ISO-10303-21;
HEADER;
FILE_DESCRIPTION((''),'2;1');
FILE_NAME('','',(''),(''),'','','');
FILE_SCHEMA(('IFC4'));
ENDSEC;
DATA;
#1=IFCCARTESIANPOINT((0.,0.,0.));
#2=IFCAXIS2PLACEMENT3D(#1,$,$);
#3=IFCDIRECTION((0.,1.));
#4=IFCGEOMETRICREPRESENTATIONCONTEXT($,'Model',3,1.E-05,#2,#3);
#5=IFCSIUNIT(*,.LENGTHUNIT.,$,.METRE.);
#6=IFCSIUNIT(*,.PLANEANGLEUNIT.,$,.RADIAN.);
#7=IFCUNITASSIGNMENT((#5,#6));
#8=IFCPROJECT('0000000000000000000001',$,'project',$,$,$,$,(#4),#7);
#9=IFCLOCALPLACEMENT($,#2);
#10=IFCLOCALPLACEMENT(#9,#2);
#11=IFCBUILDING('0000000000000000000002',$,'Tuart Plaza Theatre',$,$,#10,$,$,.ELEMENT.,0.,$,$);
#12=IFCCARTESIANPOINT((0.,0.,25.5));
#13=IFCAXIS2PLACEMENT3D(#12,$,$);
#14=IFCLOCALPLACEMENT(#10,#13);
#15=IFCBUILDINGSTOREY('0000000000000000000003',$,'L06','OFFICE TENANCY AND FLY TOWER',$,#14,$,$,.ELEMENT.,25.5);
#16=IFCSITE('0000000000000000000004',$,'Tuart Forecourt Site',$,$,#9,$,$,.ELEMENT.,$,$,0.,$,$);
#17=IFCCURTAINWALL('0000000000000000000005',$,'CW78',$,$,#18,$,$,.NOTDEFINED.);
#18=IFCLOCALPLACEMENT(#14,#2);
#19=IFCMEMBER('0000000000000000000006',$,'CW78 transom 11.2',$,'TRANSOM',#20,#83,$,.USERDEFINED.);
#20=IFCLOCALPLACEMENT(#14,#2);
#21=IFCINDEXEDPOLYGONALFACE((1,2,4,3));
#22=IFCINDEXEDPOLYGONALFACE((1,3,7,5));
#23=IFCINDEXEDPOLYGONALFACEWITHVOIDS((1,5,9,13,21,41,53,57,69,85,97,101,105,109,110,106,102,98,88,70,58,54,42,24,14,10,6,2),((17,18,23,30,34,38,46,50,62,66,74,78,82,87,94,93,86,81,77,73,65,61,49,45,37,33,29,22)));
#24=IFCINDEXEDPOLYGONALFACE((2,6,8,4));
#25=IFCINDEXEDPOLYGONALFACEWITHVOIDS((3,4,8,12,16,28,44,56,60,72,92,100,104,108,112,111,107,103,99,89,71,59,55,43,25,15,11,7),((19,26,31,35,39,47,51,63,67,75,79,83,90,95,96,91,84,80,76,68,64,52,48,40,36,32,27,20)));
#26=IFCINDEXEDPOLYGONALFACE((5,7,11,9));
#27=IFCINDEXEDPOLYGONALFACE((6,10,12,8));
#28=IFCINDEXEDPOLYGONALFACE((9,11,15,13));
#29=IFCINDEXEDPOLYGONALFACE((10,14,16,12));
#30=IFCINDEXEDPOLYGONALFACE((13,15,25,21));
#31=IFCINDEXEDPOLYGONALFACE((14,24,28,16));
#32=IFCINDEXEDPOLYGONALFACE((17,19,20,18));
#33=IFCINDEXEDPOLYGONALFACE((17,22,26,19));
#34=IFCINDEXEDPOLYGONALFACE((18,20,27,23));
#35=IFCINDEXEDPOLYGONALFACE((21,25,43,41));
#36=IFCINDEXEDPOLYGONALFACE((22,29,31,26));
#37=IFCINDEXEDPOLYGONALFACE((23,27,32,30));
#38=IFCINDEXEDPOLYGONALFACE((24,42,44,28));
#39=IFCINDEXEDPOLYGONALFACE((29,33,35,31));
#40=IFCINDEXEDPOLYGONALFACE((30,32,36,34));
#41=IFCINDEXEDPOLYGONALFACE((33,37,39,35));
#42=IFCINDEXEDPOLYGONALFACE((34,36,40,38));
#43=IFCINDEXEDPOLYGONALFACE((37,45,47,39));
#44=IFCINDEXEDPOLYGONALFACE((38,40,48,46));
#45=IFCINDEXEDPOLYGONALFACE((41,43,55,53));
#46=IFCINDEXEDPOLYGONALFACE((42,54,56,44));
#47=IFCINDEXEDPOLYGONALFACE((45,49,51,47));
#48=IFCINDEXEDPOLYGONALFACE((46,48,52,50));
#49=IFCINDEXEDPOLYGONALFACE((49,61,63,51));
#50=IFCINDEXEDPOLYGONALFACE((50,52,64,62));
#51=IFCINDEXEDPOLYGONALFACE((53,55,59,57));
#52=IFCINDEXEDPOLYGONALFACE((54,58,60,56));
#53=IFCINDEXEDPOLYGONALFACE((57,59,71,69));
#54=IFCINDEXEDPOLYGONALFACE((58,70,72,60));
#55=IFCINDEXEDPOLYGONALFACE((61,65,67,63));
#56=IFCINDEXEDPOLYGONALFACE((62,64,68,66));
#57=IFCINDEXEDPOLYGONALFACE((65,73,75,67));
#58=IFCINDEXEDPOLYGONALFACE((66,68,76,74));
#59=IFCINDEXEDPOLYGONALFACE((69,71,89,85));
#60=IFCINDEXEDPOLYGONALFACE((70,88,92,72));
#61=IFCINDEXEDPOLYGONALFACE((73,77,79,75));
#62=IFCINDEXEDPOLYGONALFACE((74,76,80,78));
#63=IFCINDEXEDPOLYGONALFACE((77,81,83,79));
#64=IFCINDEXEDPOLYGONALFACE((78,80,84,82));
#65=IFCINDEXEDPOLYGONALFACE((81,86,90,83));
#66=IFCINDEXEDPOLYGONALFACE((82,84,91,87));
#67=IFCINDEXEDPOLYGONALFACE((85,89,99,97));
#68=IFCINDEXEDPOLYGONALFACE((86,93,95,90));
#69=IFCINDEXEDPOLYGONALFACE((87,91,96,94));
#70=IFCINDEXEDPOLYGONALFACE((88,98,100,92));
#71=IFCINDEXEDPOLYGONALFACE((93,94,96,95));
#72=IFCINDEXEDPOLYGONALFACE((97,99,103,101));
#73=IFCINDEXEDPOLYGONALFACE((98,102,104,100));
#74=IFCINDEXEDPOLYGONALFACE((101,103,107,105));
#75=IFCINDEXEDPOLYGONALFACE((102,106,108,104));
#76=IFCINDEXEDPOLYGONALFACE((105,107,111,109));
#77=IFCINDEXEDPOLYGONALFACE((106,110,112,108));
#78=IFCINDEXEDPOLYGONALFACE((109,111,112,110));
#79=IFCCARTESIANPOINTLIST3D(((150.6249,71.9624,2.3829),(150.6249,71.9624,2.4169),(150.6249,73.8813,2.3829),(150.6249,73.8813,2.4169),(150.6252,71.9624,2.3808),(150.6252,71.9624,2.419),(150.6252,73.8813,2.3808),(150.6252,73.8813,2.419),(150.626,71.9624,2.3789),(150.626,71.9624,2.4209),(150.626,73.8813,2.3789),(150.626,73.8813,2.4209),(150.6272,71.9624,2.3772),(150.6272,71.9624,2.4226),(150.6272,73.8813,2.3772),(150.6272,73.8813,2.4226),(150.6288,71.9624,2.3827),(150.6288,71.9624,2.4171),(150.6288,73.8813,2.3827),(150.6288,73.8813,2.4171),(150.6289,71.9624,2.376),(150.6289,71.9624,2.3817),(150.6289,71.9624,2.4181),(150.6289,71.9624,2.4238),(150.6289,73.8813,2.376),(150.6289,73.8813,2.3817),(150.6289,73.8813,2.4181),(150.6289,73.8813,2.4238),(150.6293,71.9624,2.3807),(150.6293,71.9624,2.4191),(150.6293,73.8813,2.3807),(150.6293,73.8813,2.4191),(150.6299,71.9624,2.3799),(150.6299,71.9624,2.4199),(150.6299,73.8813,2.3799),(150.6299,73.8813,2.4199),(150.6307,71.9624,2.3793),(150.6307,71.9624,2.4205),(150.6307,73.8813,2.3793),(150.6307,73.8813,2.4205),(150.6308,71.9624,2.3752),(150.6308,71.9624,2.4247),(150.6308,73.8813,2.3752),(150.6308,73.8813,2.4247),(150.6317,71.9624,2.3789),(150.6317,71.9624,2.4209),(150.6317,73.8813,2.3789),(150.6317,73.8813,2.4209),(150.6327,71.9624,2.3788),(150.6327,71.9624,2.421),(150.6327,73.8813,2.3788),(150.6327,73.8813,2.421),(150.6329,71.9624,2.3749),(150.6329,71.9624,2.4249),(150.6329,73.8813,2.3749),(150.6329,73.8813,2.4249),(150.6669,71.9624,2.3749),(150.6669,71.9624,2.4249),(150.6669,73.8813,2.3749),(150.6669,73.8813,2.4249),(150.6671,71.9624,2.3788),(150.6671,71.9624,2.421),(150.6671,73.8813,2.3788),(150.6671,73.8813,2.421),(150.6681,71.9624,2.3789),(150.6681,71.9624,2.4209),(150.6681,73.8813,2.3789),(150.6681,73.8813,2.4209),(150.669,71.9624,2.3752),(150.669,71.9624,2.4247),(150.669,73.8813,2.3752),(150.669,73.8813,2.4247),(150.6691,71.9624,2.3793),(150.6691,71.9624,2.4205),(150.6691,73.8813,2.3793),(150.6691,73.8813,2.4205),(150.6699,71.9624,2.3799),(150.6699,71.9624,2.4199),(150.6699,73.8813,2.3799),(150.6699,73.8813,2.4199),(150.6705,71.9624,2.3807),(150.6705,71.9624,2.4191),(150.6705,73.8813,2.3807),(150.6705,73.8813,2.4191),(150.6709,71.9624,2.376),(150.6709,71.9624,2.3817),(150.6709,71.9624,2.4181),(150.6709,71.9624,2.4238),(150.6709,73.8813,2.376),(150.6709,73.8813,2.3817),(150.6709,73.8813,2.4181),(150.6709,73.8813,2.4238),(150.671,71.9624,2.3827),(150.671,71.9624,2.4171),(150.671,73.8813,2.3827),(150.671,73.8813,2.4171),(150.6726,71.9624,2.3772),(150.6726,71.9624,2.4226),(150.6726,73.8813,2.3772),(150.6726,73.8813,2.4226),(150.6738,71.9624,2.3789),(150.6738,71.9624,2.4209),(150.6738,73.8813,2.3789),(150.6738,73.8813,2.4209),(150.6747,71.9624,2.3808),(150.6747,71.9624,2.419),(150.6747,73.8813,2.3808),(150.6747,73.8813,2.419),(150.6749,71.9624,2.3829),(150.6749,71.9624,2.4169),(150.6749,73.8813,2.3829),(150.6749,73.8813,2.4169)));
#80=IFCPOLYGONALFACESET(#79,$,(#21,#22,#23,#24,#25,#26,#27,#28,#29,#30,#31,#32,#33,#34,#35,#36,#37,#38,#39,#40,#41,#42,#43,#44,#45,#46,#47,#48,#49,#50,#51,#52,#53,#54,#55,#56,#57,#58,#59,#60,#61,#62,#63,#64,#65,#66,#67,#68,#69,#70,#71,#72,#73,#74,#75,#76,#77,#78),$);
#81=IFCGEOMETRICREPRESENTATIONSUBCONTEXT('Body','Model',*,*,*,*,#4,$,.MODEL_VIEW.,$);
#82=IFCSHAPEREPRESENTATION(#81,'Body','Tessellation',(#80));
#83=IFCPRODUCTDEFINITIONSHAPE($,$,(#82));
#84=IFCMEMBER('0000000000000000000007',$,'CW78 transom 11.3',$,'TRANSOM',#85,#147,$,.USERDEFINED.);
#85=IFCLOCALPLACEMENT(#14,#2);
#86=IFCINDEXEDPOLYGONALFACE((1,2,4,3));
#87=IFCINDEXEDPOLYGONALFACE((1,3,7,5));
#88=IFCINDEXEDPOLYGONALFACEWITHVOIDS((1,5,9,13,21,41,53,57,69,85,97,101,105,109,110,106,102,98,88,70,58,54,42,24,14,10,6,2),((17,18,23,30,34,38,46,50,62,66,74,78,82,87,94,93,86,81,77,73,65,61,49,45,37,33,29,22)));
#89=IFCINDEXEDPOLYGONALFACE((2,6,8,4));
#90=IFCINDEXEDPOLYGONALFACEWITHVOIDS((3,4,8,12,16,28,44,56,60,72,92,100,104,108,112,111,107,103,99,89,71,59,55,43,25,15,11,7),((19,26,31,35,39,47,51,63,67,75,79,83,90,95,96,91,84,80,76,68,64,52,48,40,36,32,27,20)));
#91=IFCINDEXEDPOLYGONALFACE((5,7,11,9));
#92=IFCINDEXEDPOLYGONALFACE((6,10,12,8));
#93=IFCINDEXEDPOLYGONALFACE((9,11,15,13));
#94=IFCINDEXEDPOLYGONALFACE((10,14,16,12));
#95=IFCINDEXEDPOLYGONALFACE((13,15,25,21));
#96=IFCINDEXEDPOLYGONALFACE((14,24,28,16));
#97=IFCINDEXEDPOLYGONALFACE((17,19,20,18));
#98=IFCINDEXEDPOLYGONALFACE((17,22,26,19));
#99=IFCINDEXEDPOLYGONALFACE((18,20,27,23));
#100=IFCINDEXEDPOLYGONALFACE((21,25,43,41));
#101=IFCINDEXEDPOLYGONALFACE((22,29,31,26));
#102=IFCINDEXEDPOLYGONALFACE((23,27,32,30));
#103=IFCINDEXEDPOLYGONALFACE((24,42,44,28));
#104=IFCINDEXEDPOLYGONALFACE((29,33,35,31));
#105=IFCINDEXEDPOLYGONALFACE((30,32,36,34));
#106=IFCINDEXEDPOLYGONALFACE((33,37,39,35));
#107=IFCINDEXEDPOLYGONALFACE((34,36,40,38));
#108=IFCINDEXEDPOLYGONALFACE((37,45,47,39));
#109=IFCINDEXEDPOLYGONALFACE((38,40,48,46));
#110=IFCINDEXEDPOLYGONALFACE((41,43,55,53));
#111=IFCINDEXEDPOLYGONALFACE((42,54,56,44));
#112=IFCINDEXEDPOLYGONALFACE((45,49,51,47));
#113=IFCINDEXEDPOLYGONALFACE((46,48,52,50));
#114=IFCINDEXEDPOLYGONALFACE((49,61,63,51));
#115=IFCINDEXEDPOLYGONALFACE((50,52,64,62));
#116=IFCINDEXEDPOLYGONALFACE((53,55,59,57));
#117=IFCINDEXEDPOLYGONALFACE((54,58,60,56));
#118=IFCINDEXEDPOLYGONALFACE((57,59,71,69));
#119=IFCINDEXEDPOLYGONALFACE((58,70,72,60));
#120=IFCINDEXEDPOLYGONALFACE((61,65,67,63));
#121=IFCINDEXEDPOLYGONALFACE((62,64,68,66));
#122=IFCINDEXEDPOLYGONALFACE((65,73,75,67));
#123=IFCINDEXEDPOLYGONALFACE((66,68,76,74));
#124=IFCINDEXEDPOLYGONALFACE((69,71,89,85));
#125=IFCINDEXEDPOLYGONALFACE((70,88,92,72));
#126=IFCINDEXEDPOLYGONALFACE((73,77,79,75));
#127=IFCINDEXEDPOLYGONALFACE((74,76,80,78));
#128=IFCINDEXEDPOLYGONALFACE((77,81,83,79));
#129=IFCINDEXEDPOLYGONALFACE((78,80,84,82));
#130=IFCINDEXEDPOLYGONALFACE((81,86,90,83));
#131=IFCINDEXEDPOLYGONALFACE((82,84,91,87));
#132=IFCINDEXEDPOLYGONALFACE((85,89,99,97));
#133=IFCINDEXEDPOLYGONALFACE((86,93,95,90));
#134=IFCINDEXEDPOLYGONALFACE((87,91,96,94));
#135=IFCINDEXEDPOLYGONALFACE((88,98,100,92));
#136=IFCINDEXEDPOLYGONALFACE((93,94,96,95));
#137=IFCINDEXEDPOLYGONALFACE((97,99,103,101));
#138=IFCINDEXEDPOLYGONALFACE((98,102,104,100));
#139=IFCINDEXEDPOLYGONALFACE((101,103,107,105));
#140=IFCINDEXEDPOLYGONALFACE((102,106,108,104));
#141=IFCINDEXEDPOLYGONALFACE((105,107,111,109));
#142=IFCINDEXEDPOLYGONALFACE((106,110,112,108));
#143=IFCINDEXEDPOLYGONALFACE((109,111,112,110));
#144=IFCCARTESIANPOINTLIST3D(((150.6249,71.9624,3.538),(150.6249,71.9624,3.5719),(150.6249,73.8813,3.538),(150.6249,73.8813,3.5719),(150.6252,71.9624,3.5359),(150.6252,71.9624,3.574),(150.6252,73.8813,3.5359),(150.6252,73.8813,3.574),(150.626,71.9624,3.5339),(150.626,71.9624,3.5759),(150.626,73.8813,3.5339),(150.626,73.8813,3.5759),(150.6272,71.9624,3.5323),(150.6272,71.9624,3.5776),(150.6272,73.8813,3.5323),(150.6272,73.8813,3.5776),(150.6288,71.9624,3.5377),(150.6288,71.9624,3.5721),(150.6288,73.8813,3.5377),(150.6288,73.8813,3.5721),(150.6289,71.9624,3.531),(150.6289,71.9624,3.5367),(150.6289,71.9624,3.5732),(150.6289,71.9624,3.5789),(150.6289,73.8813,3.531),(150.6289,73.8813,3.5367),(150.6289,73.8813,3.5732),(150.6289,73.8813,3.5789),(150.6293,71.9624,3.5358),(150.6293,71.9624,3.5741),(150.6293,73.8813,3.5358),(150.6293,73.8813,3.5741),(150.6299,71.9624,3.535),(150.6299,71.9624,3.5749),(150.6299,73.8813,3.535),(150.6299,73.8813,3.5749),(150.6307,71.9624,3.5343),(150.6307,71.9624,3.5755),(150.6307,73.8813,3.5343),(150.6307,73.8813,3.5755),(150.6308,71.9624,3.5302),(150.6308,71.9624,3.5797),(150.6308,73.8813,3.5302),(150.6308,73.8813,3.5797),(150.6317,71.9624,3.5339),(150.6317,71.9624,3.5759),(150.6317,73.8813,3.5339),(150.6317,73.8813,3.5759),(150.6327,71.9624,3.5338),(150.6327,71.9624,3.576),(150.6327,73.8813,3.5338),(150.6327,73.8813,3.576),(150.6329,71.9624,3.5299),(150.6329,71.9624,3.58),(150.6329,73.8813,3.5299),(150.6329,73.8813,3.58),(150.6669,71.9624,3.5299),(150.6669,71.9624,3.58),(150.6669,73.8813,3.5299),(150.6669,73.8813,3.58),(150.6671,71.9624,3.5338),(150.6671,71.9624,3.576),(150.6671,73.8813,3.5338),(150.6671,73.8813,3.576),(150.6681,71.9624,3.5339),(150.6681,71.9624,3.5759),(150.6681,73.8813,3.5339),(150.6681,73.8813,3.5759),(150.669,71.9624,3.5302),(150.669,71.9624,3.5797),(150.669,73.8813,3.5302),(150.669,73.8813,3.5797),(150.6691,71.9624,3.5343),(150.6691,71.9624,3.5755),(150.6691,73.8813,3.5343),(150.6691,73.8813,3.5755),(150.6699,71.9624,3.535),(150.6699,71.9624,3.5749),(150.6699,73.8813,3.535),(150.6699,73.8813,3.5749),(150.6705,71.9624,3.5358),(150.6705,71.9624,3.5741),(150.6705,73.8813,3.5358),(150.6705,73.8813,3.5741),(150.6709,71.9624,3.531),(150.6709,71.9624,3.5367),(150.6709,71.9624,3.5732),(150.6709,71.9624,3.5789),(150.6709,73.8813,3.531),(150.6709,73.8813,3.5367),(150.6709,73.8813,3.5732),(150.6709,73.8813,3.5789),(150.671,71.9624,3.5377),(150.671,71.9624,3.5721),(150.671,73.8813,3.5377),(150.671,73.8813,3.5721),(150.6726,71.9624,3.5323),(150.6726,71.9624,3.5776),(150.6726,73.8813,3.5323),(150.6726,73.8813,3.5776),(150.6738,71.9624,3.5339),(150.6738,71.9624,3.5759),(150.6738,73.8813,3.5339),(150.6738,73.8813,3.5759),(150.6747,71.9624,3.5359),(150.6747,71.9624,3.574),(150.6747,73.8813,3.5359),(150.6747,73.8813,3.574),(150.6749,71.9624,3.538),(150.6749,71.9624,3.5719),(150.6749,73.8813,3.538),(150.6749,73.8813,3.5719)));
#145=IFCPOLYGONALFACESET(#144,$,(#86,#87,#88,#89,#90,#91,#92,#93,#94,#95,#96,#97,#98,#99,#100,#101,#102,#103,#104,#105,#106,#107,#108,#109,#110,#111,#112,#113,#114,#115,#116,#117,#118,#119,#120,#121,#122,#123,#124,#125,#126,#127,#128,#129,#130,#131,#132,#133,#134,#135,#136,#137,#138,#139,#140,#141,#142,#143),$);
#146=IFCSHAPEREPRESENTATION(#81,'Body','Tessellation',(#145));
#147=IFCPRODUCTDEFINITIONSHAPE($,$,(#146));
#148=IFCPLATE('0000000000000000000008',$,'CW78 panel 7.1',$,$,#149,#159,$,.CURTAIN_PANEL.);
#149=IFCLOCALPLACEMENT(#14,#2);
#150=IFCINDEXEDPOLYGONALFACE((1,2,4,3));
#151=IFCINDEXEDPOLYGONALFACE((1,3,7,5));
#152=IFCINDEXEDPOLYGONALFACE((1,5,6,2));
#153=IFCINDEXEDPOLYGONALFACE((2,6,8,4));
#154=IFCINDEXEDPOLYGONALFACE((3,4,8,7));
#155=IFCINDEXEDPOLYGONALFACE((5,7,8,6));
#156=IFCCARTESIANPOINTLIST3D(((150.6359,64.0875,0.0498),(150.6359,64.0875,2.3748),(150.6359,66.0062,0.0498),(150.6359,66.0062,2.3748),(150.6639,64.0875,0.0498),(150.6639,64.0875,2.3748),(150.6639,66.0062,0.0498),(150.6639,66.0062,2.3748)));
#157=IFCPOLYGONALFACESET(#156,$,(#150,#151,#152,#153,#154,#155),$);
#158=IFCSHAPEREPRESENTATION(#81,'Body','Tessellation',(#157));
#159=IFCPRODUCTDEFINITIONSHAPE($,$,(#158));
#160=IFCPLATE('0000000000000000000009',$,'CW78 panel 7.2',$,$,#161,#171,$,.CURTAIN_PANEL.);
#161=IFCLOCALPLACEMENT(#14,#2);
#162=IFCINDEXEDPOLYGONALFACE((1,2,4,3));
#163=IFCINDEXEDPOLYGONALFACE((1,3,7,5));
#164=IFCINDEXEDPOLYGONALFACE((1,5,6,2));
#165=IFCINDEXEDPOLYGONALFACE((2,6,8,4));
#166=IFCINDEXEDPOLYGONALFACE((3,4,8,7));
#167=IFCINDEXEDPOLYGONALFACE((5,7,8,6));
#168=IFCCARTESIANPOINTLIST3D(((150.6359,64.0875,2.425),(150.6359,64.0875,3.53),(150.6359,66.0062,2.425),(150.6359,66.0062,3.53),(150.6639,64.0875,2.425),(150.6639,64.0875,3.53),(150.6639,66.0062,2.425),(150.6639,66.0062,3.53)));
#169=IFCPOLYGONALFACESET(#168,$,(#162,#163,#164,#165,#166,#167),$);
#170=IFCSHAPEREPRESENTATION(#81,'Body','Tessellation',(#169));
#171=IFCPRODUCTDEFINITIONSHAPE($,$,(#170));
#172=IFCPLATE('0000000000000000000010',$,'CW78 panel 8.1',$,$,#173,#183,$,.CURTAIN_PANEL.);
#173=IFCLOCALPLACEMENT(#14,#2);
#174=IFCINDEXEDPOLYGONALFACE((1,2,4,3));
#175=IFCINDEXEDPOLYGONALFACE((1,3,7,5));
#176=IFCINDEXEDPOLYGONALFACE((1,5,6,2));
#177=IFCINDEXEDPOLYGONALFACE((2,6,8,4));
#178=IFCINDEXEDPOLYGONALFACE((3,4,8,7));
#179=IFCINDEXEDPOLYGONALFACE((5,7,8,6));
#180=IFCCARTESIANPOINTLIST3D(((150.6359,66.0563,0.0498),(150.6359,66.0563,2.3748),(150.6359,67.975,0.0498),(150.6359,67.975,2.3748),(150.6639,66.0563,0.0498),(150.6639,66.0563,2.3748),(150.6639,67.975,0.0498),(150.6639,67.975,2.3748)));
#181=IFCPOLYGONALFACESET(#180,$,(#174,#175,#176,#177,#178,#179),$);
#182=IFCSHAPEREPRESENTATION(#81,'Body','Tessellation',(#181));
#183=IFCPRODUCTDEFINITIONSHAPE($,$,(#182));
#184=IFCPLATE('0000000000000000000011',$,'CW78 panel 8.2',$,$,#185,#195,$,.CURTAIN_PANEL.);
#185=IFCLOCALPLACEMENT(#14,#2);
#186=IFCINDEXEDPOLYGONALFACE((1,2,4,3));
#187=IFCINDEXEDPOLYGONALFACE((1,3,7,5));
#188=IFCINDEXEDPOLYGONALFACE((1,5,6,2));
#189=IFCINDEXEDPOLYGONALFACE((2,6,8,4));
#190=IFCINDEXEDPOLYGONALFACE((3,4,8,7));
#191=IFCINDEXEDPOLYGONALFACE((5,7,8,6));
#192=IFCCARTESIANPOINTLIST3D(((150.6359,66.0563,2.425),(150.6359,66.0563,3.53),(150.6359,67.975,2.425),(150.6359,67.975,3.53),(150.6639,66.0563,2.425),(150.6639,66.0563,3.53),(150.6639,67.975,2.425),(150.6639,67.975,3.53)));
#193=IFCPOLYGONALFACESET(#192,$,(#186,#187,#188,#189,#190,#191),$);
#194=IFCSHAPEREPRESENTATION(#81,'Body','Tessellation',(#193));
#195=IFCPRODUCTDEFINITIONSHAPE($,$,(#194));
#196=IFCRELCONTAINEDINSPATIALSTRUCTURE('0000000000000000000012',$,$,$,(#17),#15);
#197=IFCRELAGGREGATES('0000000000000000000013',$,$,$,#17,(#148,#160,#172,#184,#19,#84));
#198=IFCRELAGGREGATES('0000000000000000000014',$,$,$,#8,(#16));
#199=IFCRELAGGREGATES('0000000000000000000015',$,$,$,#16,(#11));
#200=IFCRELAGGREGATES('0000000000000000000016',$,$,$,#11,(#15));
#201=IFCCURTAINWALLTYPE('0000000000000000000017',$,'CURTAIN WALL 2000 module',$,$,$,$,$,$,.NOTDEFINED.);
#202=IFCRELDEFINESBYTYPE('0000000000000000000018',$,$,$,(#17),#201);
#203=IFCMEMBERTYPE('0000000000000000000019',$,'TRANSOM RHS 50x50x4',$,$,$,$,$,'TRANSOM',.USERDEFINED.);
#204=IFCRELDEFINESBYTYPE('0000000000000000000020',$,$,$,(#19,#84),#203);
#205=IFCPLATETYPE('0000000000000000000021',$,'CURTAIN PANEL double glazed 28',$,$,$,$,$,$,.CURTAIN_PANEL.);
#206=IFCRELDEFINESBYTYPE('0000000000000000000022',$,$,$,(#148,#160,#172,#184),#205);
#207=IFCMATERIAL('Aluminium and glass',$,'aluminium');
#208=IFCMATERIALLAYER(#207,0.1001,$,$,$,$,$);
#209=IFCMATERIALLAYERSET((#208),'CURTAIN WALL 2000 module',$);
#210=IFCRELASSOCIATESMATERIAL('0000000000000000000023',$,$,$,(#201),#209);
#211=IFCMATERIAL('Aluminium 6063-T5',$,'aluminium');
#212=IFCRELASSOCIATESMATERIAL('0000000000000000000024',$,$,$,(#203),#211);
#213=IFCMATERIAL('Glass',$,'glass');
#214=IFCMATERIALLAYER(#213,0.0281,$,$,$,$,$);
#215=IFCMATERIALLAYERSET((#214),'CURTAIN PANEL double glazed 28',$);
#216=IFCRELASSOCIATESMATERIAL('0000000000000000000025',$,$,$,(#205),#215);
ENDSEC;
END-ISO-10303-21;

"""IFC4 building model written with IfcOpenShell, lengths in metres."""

from ifc_helpers import new_model, si_unit, direction, frame, origin, origin_2d, place, context, subcontext, project, spatial, rectangle, hollow_rectangle, extrude, material, layer, layer_set, material_profile, profile_set, type_object, element, aggregate, save


model = new_model("IFC4")

# Units and contexts
model_context = context("Model", 3, precision=1e-05, world=origin(), true_north=direction((0.0, 1.0)))
body_context = subcontext(model_context, "Body", "Model", "MODEL_VIEW")
ifc_project = project(units=[si_unit("LENGTHUNIT", "METRE"), si_unit("PLANEANGLEUNIT", "RADIAN")], contexts=[model_context])

# Site, building, storey
site_placement = place(None, origin())
site = spatial("IfcSite", under=ifc_project, at=site_placement, Name="Tuart Forecourt Site", CompositionType="ELEMENT", RefElevation=0.0)
building_placement = place(site_placement, origin())
building = spatial("IfcBuilding", under=site, at=building_placement, Name="Tuart Plaza Theatre", CompositionType="ELEMENT", ElevationOfRefHeight=0.0)
storey_placement = place(building_placement, frame((0.0, 0.0, 25.5)))
storey = spatial("IfcBuildingStorey", under=building, at=storey_placement, Name="L06", Description="OFFICE TENANCY AND FLY TOWER", CompositionType="ELEMENT", Elevation=25.5)

# Curtain wall, members, plates
ifc_material_1 = material(Name="Aluminium and glass", Category="aluminium")
ifc_layer_1 = layer(ifc_material_1, 0.1001)
ifc_layer_set_1 = layer_set([ifc_layer_1], Name="CURTAIN WALL 2000 module")
curtain_wall_type = type_object("IfcCurtainWallType", Name="CURTAIN WALL 2000 module", PredefinedType="NOTDEFINED", material=ifc_layer_set_1)
curtain_wall_placement = place(storey_placement, origin())
curtain_wall = element("IfcCurtainWall", 1, at=curtain_wall_placement, inside=storey, type_object=curtain_wall_type, Name="CW78", PredefinedType="NOTDEFINED")
ifc_material_2 = material(Name="Aluminium 6063-T5", Category="aluminium")
ifc_material_profile_1 = material_profile(ifc_material_2, hollow_rectangle(XDim=0.05, YDim=0.05, WallThickness=0.0039, InnerFilletRadius=0.0039, OuterFilletRadius=0.0081, at=origin_2d()), Name="RHS 50x50x4")
ifc_profile_set_1 = profile_set([ifc_material_profile_1], Name="Aluminium 6063-T5")
member_type_1 = type_object("IfcMemberType", Name="TRANSOM RHS 50x50x4", ElementType="TRANSOM", PredefinedType="USERDEFINED", material=ifc_profile_set_1)
member_1_placement = place(storey_placement, frame((150.6499, 71.9624, 2.3999), z_axis=(0.0, 1.0, 0.0), x_axis=(-1.0, 0.0, 0.0)))
member_1 = element("IfcMember", 2, at=member_1_placement, type_object=member_type_1, Name="CW78 transom 11.2", ObjectType="TRANSOM", PredefinedType="USERDEFINED", context=body_context, shape_type="SweptSolid", body=[
    extrude(hollow_rectangle(XDim=0.05, YDim=0.05, WallThickness=0.0039, InnerFilletRadius=0.0039, OuterFilletRadius=0.0081, at=origin_2d()), origin(), (0.0, 0.0, 1.0), 1.9189),
])
member_2_placement = place(storey_placement, frame((150.6499, 71.9624, 3.5549), z_axis=(0.0, 1.0, 0.0), x_axis=(-1.0, 0.0, 0.0)))
member_2 = element("IfcMember", 3, at=member_2_placement, type_object=member_type_1, Name="CW78 transom 11.3", ObjectType="TRANSOM", PredefinedType="USERDEFINED", context=body_context, shape_type="SweptSolid", body=[
    extrude(hollow_rectangle(XDim=0.05, YDim=0.05, WallThickness=0.0039, InnerFilletRadius=0.0039, OuterFilletRadius=0.0081, at=origin_2d()), origin(), (0.0, 0.0, 1.0), 1.9189),
])
ifc_material_3 = material(Name="Glass", Category="glass")
ifc_layer_2 = layer(ifc_material_3, 0.0281)
ifc_layer_set_2 = layer_set([ifc_layer_2], Name="CURTAIN PANEL double glazed 28")
plate_type = type_object("IfcPlateType", Name="CURTAIN PANEL double glazed 28", PredefinedType="CURTAIN_PANEL", material=ifc_layer_set_2)
plate_1_placement = place(storey_placement, frame((150.6499, 65.0469, 0.0498), z_axis=(0.0, 0.0, 1.0), x_axis=(0.0, 1.0, 0.0)))
plate_1 = element("IfcPlate", 4, at=plate_1_placement, type_object=plate_type, Name="CW78 panel 7.1", PredefinedType="CURTAIN_PANEL", context=body_context, shape_type="SweptSolid", body=[
    extrude(rectangle(XDim=1.9187, YDim=0.0281, at=origin_2d()), origin(), (0.0, 0.0, 1.0), 2.325),
])
plate_2_placement = place(storey_placement, frame((150.6499, 65.0469, 2.425), z_axis=(0.0, 0.0, 1.0), x_axis=(0.0, 1.0, 0.0)))
plate_2 = element("IfcPlate", 5, at=plate_2_placement, type_object=plate_type, Name="CW78 panel 7.2", PredefinedType="CURTAIN_PANEL", context=body_context, shape_type="SweptSolid", body=[
    extrude(rectangle(XDim=1.9187, YDim=0.0281, at=origin_2d()), origin(), (0.0, 0.0, 1.0), 1.105),
])
plate_3_placement = place(storey_placement, frame((150.6499, 67.0156, 0.0498), z_axis=(0.0, 0.0, 1.0), x_axis=(0.0, 1.0, 0.0)))
plate_3 = element("IfcPlate", 6, at=plate_3_placement, type_object=plate_type, Name="CW78 panel 8.1", PredefinedType="CURTAIN_PANEL", context=body_context, shape_type="SweptSolid", body=[
    extrude(rectangle(XDim=1.9187, YDim=0.0281, at=origin_2d()), origin(), (0.0, 0.0, 1.0), 2.325),
])
plate_4_placement = place(storey_placement, frame((150.6499, 67.0156, 2.425), z_axis=(0.0, 0.0, 1.0), x_axis=(0.0, 1.0, 0.0)))
plate_4 = element("IfcPlate", 7, at=plate_4_placement, type_object=plate_type, Name="CW78 panel 8.2", PredefinedType="CURTAIN_PANEL", context=body_context, shape_type="SweptSolid", body=[
    extrude(rectangle(XDim=1.9187, YDim=0.0281, at=origin_2d()), origin(), (0.0, 0.0, 1.0), 1.105),
])
aggregate(curtain_wall, [plate_1, plate_2, plate_3, plate_4, member_1, member_2])

save(model, "model.ifc")
